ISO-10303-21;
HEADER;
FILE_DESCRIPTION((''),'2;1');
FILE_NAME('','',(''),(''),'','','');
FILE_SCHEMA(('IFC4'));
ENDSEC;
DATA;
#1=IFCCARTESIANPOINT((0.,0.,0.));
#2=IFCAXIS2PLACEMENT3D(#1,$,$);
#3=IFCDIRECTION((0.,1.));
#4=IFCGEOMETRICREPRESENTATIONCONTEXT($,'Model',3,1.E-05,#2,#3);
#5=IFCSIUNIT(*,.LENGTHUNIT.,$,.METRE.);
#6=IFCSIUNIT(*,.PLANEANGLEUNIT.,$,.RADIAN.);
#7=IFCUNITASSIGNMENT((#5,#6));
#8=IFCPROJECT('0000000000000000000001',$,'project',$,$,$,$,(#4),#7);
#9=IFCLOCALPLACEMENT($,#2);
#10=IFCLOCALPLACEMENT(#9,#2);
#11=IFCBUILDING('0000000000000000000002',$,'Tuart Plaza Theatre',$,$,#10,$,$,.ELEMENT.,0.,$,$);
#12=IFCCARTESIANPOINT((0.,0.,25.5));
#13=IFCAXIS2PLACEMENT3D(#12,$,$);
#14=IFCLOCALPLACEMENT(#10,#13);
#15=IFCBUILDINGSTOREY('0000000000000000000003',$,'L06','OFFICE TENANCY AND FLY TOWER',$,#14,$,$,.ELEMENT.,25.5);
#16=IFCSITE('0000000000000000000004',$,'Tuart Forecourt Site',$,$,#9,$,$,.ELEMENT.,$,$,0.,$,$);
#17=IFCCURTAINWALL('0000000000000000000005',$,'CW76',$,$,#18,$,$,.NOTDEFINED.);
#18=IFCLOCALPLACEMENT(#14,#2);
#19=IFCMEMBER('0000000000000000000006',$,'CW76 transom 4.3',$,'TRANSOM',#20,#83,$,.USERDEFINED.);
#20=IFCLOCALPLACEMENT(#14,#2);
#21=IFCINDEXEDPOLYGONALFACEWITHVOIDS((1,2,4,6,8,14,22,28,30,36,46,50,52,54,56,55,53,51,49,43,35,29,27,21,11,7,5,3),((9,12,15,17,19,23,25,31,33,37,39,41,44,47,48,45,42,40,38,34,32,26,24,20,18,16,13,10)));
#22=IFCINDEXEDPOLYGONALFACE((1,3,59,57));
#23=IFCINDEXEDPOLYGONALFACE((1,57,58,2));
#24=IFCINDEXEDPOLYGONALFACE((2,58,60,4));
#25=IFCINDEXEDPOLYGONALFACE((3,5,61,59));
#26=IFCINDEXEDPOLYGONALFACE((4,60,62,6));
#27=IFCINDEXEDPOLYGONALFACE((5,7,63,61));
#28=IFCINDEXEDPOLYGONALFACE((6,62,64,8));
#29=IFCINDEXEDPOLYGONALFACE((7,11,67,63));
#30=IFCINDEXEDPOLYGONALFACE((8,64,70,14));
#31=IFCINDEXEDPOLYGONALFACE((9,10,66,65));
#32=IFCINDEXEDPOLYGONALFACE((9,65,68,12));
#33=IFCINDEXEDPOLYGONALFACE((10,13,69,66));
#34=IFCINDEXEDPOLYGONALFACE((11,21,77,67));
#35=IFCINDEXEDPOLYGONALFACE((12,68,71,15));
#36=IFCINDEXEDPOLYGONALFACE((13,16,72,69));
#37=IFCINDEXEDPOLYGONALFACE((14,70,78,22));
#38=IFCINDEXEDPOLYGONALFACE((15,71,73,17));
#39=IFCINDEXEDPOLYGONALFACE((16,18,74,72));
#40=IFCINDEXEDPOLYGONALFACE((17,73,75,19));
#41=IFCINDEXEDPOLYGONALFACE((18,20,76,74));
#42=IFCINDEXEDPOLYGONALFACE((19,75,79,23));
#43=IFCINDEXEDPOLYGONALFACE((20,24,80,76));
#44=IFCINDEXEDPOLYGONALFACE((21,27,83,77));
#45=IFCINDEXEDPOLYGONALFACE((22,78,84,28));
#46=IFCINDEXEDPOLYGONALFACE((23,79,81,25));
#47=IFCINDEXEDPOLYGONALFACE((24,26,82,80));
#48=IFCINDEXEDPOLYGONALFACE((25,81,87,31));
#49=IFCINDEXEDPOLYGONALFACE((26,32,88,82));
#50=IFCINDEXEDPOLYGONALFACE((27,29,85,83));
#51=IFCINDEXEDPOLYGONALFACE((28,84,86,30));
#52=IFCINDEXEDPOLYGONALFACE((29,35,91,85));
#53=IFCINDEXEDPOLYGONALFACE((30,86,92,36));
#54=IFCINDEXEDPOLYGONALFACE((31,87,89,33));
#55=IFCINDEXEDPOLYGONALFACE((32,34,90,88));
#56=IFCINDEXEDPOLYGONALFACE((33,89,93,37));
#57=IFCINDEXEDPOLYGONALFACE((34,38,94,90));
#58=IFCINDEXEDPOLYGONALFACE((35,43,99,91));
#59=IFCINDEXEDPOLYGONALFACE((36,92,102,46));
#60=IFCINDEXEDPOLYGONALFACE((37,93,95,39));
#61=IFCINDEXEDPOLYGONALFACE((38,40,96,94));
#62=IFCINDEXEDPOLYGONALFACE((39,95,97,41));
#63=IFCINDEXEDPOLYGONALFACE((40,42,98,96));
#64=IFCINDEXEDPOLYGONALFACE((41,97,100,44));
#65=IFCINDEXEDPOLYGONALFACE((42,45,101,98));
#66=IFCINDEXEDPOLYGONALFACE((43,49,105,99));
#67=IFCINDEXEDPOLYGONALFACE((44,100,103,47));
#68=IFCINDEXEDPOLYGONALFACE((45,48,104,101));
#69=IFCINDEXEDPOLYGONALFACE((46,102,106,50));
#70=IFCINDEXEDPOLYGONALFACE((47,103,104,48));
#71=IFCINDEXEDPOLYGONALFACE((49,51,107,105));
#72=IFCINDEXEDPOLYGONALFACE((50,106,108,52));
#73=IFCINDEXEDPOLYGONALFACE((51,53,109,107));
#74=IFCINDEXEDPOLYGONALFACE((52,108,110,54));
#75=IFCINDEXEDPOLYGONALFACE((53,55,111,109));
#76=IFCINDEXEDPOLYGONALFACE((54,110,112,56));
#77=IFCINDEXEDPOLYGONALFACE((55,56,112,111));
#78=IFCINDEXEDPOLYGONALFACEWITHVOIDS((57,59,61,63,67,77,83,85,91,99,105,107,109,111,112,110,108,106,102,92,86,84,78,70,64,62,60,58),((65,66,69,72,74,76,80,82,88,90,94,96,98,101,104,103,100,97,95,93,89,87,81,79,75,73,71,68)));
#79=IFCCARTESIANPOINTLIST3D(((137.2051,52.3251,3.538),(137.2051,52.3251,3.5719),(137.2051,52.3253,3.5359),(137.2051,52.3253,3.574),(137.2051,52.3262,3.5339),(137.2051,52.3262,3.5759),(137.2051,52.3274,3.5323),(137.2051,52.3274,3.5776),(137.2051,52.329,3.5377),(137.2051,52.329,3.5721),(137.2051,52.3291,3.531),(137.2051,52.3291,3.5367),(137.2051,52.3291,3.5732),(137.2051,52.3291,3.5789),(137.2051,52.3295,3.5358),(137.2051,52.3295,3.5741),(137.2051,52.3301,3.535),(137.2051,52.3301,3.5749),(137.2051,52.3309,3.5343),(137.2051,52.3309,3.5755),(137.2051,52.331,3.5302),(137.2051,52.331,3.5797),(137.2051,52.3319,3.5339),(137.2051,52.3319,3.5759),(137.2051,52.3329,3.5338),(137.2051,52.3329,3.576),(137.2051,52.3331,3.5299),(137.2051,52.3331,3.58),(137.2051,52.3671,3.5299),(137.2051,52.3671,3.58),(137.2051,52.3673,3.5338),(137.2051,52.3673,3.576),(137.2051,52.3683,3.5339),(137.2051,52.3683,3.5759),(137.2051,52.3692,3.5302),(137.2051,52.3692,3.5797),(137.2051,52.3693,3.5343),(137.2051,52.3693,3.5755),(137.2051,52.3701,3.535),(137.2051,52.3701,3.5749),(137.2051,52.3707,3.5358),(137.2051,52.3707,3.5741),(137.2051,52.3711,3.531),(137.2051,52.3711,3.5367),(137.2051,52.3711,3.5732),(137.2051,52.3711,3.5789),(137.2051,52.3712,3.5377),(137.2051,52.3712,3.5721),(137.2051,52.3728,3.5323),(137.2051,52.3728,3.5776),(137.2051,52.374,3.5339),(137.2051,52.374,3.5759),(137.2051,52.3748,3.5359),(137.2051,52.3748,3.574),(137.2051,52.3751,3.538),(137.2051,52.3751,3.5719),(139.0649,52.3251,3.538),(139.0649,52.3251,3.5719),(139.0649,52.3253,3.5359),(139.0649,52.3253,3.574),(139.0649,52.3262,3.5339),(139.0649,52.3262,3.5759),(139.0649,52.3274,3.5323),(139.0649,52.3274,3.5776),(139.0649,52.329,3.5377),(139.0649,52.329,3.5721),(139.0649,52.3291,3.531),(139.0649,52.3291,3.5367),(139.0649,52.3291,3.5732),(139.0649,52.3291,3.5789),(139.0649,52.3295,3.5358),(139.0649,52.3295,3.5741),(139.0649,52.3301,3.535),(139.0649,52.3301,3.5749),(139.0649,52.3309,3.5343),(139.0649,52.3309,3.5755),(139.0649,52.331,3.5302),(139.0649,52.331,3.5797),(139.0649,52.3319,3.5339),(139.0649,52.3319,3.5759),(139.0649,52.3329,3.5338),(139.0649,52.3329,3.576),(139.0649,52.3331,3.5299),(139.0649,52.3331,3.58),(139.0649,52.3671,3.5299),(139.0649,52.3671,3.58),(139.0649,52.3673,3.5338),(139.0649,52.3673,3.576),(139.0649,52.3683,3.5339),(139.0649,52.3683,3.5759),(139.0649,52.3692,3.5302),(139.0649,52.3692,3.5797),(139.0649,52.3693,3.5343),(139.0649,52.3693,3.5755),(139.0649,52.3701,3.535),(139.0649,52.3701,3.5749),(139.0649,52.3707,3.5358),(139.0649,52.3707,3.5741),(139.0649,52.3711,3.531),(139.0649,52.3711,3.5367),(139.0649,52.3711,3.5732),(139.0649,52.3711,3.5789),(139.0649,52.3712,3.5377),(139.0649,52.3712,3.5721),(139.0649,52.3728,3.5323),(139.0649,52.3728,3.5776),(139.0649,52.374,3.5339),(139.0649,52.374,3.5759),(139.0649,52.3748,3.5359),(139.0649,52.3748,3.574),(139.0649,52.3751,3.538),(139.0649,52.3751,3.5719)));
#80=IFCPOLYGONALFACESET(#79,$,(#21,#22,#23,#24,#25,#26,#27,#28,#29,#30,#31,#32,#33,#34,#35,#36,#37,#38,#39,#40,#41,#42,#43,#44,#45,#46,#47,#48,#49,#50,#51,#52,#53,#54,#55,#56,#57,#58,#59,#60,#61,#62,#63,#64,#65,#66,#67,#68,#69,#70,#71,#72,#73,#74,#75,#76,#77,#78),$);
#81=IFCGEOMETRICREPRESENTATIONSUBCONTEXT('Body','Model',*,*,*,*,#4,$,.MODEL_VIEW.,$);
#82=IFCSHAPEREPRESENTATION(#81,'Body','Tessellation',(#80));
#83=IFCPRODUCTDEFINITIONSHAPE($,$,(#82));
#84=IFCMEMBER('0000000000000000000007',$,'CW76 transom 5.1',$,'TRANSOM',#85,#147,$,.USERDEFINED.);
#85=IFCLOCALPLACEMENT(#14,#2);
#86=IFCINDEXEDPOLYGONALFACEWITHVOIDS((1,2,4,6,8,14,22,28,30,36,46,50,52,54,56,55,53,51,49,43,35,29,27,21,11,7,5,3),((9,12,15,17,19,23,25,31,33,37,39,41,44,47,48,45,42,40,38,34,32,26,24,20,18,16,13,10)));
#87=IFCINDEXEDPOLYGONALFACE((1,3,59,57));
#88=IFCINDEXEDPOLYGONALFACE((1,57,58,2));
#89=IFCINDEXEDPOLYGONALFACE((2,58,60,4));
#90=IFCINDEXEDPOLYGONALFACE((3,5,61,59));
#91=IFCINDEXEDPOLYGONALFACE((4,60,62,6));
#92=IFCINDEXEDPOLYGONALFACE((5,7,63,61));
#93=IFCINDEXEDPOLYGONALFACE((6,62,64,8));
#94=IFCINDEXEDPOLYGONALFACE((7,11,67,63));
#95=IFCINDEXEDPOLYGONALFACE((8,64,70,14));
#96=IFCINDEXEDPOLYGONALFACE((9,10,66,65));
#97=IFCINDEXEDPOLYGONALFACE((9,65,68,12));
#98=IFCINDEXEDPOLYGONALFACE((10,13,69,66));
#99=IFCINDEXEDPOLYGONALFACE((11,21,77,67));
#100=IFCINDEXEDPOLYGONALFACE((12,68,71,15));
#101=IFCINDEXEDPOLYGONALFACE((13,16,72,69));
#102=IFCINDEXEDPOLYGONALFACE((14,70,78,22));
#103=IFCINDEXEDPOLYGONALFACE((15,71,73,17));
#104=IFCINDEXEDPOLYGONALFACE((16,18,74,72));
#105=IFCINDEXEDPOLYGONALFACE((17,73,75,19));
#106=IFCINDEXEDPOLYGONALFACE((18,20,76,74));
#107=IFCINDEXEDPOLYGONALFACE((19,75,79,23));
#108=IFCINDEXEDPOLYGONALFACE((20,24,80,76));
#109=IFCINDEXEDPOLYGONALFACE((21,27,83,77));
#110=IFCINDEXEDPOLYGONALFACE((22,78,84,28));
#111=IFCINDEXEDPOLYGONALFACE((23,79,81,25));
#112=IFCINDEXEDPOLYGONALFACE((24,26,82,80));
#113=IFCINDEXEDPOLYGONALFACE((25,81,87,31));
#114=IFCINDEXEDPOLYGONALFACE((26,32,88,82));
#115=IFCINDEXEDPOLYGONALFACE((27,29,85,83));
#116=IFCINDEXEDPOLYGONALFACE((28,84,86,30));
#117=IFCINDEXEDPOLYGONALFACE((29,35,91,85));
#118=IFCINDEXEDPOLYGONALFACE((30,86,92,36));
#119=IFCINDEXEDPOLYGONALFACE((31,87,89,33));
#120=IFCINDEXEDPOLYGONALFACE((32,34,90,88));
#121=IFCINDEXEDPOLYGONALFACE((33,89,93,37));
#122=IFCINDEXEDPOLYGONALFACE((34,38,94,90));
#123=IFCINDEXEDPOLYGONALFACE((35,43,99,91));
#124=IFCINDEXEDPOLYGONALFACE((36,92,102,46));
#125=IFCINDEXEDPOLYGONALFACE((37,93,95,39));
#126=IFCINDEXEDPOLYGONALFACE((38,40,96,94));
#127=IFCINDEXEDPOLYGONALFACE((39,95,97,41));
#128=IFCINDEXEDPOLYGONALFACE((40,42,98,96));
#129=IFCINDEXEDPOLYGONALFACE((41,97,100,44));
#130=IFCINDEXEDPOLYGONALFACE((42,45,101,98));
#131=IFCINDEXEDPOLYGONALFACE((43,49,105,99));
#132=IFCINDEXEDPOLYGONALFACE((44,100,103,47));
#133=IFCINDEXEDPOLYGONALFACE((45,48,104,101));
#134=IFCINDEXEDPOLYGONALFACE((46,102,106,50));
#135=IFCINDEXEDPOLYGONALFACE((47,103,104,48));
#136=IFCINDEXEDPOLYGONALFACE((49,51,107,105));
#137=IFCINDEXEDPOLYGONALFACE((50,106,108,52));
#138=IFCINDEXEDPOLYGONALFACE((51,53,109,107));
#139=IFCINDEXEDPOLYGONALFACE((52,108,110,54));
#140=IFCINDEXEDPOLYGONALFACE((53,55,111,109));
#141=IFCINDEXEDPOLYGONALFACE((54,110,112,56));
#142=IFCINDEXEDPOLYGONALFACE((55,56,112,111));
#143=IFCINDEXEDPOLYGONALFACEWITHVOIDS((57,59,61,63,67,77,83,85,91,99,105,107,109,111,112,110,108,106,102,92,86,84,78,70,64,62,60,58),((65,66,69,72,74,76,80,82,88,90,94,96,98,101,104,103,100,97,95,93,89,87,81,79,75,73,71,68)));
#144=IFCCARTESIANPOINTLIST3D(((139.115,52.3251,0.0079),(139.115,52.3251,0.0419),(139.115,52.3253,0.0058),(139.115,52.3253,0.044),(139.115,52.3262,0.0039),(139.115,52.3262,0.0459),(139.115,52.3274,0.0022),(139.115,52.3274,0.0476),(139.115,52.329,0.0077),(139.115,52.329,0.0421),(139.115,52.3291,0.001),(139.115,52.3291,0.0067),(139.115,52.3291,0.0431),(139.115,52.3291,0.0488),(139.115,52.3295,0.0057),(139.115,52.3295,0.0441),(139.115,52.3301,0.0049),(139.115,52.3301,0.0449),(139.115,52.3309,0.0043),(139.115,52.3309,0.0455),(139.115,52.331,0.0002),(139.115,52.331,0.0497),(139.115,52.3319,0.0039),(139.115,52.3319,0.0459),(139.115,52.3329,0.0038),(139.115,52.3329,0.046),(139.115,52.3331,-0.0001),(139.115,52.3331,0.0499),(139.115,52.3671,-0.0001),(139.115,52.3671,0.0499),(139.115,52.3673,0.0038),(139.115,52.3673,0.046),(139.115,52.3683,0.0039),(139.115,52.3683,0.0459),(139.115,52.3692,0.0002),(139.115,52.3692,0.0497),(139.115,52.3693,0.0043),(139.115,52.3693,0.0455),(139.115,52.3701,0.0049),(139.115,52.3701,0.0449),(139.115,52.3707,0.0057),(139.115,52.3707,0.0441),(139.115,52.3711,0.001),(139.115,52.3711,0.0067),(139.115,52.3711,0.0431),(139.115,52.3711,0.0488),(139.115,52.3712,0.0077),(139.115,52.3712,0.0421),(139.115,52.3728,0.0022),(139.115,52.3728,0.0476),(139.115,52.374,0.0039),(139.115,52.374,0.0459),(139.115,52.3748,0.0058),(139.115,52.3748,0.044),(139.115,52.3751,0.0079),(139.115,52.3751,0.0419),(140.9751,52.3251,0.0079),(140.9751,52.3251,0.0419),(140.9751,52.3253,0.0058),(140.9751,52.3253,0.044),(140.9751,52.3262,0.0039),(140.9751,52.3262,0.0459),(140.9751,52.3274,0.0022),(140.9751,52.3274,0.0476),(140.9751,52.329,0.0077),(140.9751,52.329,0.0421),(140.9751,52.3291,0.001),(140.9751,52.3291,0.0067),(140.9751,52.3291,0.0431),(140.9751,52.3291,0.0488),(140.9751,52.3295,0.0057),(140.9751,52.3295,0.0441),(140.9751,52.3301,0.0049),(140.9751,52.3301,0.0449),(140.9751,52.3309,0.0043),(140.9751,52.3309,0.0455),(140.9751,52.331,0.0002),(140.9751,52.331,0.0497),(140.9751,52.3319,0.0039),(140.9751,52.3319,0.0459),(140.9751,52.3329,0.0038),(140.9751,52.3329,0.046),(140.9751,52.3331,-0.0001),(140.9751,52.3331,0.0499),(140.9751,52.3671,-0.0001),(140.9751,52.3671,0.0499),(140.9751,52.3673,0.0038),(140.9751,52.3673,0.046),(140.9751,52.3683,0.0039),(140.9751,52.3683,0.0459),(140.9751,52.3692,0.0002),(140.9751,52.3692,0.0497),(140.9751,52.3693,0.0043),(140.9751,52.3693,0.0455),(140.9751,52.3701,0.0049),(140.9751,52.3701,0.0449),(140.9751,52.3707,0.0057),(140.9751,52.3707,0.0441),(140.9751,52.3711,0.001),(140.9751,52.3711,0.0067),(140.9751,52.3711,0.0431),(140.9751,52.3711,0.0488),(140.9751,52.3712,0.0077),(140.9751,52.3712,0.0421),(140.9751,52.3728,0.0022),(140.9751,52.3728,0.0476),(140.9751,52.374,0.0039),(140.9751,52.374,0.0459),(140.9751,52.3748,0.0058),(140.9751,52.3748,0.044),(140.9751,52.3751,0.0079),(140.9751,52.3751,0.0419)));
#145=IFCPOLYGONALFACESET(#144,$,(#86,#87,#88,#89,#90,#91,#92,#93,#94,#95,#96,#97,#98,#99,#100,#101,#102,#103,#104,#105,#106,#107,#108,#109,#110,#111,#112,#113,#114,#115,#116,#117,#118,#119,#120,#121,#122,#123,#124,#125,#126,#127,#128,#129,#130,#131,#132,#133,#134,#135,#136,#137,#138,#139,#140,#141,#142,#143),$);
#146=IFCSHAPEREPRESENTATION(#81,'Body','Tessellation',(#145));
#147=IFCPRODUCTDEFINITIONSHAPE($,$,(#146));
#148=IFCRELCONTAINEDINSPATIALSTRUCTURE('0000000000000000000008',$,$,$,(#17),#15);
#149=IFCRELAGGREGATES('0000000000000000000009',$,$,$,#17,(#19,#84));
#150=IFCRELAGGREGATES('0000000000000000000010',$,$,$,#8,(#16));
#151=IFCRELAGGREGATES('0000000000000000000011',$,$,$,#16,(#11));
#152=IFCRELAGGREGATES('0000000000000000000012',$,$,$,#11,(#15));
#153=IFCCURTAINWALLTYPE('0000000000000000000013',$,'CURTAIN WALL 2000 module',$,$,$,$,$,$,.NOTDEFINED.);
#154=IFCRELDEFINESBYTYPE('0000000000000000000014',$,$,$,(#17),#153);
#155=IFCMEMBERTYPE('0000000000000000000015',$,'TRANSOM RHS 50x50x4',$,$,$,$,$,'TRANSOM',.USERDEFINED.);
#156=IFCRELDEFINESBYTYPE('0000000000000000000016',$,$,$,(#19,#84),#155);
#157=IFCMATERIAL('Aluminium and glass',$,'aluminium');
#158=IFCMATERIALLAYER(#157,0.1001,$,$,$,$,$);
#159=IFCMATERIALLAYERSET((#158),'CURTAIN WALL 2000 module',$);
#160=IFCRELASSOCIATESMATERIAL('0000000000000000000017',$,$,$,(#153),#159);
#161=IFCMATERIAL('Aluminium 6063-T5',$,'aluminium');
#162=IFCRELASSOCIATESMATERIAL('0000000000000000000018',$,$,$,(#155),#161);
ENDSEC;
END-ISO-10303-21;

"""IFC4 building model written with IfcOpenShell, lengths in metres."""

from ifc_helpers import new_model, si_unit, direction, frame, origin, origin_2d, place, context, subcontext, project, spatial, hollow_rectangle, extrude, material, layer, layer_set, material_profile, profile_set, type_object, element, aggregate, save


model = new_model("IFC4")

# Units and contexts
model_context = context("Model", 3, precision=1e-05, world=origin(), true_north=direction((0.0, 1.0)))
body_context = subcontext(model_context, "Body", "Model", "MODEL_VIEW")
ifc_project = project(units=[si_unit("LENGTHUNIT", "METRE"), si_unit("PLANEANGLEUNIT", "RADIAN")], contexts=[model_context])

# Site, building, storey
site_placement = place(None, origin())
site = spatial("IfcSite", under=ifc_project, at=site_placement, Name="Tuart Forecourt Site", CompositionType="ELEMENT", RefElevation=0.0)
building_placement = place(site_placement, origin())
building = spatial("IfcBuilding", under=site, at=building_placement, Name="Tuart Plaza Theatre", CompositionType="ELEMENT", ElevationOfRefHeight=0.0)
storey_placement = place(building_placement, frame((0.0, 0.0, 25.5)))
storey = spatial("IfcBuildingStorey", under=building, at=storey_placement, Name="L06", Description="OFFICE TENANCY AND FLY TOWER", CompositionType="ELEMENT", Elevation=25.5)

# Curtain wall, members
ifc_material_1 = material(Name="Aluminium and glass", Category="aluminium")
ifc_layer_1 = layer(ifc_material_1, 0.1001)
ifc_layer_set_1 = layer_set([ifc_layer_1], Name="CURTAIN WALL 2000 module")
curtain_wall_type = type_object("IfcCurtainWallType", Name="CURTAIN WALL 2000 module", PredefinedType="NOTDEFINED", material=ifc_layer_set_1)
curtain_wall_placement = place(storey_placement, origin())
curtain_wall = element("IfcCurtainWall", 1, at=curtain_wall_placement, inside=storey, type_object=curtain_wall_type, Name="CW76", PredefinedType="NOTDEFINED")
ifc_material_2 = material(Name="Aluminium 6063-T5", Category="aluminium")
ifc_material_profile_1 = material_profile(ifc_material_2, hollow_rectangle(XDim=0.05, YDim=0.05, WallThickness=0.0039, InnerFilletRadius=0.0039, OuterFilletRadius=0.0081, at=origin_2d()), Name="RHS 50x50x4")
ifc_profile_set_1 = profile_set([ifc_material_profile_1], Name="Aluminium 6063-T5")
member_type_1 = type_object("IfcMemberType", Name="TRANSOM RHS 50x50x4", ElementType="TRANSOM", PredefinedType="USERDEFINED", material=ifc_profile_set_1)
member_1_placement = place(storey_placement, frame((137.2051, 52.3501, 3.5549), z_axis=(1.0, 0.0, 0.0), x_axis=(0.0, 1.0, 0.0)))
member_1 = element("IfcMember", 2, at=member_1_placement, type_object=member_type_1, Name="CW76 transom 4.3", ObjectType="TRANSOM", PredefinedType="USERDEFINED", context=body_context, shape_type="SweptSolid", body=[
    extrude(hollow_rectangle(XDim=0.05, YDim=0.05, WallThickness=0.0039, InnerFilletRadius=0.0039, OuterFilletRadius=0.0081, at=origin_2d()), origin(), (0.0, 0.0, 1.0), 1.8599),
])
member_2_placement = place(storey_placement, frame((139.115, 52.3501, 0.0249), z_axis=(1.0, 0.0, 0.0), x_axis=(0.0, 1.0, 0.0)))
member_2 = element("IfcMember", 3, at=member_2_placement, type_object=member_type_1, Name="CW76 transom 5.1", ObjectType="TRANSOM", PredefinedType="USERDEFINED", context=body_context, shape_type="SweptSolid", body=[
    extrude(hollow_rectangle(XDim=0.05, YDim=0.05, WallThickness=0.0039, InnerFilletRadius=0.0039, OuterFilletRadius=0.0081, at=origin_2d()), origin(), (0.0, 0.0, 1.0), 1.8601),
])
aggregate(curtain_wall, [member_1, member_2])

save(model, "model.ifc")
